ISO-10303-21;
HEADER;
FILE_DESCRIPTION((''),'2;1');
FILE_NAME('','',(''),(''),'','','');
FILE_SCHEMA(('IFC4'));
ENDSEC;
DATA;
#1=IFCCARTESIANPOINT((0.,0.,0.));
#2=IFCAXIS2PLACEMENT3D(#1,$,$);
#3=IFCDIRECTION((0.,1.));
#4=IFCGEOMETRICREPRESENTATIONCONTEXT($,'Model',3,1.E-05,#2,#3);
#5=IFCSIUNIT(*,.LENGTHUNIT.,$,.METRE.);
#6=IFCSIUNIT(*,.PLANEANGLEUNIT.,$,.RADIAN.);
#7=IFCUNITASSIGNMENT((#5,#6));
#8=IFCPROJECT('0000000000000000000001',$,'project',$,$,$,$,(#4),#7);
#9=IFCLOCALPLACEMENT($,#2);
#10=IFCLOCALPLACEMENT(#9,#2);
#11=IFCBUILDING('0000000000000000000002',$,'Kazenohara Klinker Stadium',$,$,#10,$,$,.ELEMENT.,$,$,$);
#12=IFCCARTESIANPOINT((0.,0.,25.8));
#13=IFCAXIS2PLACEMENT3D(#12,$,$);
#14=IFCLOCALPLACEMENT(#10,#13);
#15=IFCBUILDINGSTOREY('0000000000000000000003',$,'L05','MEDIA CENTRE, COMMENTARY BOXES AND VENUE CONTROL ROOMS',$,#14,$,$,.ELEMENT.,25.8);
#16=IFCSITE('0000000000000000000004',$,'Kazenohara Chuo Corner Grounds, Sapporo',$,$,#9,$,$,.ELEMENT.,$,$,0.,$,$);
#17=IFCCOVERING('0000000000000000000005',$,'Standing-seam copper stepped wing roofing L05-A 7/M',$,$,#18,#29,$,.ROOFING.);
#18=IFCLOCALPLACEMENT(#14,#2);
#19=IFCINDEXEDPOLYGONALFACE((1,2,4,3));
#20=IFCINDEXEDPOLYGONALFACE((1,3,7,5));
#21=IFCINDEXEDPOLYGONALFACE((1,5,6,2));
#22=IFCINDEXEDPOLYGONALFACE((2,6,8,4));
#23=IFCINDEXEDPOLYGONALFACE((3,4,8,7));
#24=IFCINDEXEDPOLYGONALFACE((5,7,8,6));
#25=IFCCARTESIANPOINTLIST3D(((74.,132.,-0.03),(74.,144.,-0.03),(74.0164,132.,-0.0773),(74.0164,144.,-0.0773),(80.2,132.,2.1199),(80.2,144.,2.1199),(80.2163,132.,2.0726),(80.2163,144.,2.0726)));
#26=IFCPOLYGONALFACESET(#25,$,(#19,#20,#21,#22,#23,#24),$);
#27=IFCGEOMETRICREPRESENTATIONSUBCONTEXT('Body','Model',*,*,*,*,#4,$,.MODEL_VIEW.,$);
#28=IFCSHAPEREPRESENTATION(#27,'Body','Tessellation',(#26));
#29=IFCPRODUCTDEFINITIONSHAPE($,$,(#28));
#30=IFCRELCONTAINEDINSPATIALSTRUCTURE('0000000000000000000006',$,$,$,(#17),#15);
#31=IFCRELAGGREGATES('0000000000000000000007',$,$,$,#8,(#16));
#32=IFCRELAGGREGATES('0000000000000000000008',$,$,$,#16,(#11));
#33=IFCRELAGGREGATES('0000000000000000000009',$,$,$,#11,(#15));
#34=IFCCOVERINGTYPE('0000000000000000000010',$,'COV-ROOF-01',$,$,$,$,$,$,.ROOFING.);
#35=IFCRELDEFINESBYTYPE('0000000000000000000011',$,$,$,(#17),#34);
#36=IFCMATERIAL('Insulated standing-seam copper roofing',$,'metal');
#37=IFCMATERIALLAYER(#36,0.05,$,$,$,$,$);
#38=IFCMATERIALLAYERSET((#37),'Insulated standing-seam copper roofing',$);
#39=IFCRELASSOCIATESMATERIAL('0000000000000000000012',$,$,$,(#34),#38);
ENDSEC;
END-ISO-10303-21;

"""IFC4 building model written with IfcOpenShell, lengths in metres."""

from ifc_helpers import new_model, si_unit, direction, frame, origin, place, context, subcontext, project, spatial, polyline, outline, extrude, material, layer, layer_set, type_object, element, save


model = new_model("IFC4")

# Units and contexts
model_context = context("Model", 3, precision=1e-05, world=origin(), true_north=direction((0.0, 1.0)))
body_context = subcontext(model_context, "Body", "Model", "MODEL_VIEW")
ifc_project = project(units=[si_unit("LENGTHUNIT", "METRE"), si_unit("PLANEANGLEUNIT", "RADIAN")], contexts=[model_context])

# Site, building, storey
site_placement = place(None, origin())
site = spatial("IfcSite", under=ifc_project, at=site_placement, Name="Kazenohara Chuo Corner Grounds, Sapporo", CompositionType="ELEMENT", RefElevation=0.0)
building_placement = place(site_placement, origin())
building = spatial("IfcBuilding", under=site, at=building_placement, Name="Kazenohara Klinker Stadium", CompositionType="ELEMENT")
storey_placement = place(building_placement, frame((0.0, 0.0, 25.8)))
storey = spatial("IfcBuildingStorey", under=building, at=storey_placement, Name="L05", Description="MEDIA CENTRE, COMMENTARY BOXES AND VENUE CONTROL ROOMS", CompositionType="ELEMENT", Elevation=25.8)

# Covering
ifc_material_1 = material(Name="Insulated standing-seam copper roofing", Category="metal")
ifc_layer_1 = layer(ifc_material_1, 0.05)
ifc_layer_set_1 = layer_set([ifc_layer_1], Name="Insulated standing-seam copper roofing")
covering_type = type_object("IfcCoveringType", Name="COV-ROOF-01", PredefinedType="ROOFING", material=ifc_layer_set_1)
covering_1_placement = place(storey_placement, frame((74.0, 132.0, -0.03), z_axis=(-0.327623, 0.0, 0.944809), x_axis=(0.944809, 0.0, 0.327623)))
element("IfcCovering", 1, at=covering_1_placement, inside=storey, type_object=covering_type, Name="Standing-seam copper stepped wing roofing L05-A 7/M", PredefinedType="ROOFING", context=body_context, shape_type="SweptSolid", body=[
    extrude(outline(polyline([(0.0, 0.0), (6.5621, 0.0), (6.5621, 12.0), (0.0, 12.0), (0.0, 0.0)])), origin(), (0.0, 0.0, -1.0), 0.05),
])

save(model, "model.ifc")
